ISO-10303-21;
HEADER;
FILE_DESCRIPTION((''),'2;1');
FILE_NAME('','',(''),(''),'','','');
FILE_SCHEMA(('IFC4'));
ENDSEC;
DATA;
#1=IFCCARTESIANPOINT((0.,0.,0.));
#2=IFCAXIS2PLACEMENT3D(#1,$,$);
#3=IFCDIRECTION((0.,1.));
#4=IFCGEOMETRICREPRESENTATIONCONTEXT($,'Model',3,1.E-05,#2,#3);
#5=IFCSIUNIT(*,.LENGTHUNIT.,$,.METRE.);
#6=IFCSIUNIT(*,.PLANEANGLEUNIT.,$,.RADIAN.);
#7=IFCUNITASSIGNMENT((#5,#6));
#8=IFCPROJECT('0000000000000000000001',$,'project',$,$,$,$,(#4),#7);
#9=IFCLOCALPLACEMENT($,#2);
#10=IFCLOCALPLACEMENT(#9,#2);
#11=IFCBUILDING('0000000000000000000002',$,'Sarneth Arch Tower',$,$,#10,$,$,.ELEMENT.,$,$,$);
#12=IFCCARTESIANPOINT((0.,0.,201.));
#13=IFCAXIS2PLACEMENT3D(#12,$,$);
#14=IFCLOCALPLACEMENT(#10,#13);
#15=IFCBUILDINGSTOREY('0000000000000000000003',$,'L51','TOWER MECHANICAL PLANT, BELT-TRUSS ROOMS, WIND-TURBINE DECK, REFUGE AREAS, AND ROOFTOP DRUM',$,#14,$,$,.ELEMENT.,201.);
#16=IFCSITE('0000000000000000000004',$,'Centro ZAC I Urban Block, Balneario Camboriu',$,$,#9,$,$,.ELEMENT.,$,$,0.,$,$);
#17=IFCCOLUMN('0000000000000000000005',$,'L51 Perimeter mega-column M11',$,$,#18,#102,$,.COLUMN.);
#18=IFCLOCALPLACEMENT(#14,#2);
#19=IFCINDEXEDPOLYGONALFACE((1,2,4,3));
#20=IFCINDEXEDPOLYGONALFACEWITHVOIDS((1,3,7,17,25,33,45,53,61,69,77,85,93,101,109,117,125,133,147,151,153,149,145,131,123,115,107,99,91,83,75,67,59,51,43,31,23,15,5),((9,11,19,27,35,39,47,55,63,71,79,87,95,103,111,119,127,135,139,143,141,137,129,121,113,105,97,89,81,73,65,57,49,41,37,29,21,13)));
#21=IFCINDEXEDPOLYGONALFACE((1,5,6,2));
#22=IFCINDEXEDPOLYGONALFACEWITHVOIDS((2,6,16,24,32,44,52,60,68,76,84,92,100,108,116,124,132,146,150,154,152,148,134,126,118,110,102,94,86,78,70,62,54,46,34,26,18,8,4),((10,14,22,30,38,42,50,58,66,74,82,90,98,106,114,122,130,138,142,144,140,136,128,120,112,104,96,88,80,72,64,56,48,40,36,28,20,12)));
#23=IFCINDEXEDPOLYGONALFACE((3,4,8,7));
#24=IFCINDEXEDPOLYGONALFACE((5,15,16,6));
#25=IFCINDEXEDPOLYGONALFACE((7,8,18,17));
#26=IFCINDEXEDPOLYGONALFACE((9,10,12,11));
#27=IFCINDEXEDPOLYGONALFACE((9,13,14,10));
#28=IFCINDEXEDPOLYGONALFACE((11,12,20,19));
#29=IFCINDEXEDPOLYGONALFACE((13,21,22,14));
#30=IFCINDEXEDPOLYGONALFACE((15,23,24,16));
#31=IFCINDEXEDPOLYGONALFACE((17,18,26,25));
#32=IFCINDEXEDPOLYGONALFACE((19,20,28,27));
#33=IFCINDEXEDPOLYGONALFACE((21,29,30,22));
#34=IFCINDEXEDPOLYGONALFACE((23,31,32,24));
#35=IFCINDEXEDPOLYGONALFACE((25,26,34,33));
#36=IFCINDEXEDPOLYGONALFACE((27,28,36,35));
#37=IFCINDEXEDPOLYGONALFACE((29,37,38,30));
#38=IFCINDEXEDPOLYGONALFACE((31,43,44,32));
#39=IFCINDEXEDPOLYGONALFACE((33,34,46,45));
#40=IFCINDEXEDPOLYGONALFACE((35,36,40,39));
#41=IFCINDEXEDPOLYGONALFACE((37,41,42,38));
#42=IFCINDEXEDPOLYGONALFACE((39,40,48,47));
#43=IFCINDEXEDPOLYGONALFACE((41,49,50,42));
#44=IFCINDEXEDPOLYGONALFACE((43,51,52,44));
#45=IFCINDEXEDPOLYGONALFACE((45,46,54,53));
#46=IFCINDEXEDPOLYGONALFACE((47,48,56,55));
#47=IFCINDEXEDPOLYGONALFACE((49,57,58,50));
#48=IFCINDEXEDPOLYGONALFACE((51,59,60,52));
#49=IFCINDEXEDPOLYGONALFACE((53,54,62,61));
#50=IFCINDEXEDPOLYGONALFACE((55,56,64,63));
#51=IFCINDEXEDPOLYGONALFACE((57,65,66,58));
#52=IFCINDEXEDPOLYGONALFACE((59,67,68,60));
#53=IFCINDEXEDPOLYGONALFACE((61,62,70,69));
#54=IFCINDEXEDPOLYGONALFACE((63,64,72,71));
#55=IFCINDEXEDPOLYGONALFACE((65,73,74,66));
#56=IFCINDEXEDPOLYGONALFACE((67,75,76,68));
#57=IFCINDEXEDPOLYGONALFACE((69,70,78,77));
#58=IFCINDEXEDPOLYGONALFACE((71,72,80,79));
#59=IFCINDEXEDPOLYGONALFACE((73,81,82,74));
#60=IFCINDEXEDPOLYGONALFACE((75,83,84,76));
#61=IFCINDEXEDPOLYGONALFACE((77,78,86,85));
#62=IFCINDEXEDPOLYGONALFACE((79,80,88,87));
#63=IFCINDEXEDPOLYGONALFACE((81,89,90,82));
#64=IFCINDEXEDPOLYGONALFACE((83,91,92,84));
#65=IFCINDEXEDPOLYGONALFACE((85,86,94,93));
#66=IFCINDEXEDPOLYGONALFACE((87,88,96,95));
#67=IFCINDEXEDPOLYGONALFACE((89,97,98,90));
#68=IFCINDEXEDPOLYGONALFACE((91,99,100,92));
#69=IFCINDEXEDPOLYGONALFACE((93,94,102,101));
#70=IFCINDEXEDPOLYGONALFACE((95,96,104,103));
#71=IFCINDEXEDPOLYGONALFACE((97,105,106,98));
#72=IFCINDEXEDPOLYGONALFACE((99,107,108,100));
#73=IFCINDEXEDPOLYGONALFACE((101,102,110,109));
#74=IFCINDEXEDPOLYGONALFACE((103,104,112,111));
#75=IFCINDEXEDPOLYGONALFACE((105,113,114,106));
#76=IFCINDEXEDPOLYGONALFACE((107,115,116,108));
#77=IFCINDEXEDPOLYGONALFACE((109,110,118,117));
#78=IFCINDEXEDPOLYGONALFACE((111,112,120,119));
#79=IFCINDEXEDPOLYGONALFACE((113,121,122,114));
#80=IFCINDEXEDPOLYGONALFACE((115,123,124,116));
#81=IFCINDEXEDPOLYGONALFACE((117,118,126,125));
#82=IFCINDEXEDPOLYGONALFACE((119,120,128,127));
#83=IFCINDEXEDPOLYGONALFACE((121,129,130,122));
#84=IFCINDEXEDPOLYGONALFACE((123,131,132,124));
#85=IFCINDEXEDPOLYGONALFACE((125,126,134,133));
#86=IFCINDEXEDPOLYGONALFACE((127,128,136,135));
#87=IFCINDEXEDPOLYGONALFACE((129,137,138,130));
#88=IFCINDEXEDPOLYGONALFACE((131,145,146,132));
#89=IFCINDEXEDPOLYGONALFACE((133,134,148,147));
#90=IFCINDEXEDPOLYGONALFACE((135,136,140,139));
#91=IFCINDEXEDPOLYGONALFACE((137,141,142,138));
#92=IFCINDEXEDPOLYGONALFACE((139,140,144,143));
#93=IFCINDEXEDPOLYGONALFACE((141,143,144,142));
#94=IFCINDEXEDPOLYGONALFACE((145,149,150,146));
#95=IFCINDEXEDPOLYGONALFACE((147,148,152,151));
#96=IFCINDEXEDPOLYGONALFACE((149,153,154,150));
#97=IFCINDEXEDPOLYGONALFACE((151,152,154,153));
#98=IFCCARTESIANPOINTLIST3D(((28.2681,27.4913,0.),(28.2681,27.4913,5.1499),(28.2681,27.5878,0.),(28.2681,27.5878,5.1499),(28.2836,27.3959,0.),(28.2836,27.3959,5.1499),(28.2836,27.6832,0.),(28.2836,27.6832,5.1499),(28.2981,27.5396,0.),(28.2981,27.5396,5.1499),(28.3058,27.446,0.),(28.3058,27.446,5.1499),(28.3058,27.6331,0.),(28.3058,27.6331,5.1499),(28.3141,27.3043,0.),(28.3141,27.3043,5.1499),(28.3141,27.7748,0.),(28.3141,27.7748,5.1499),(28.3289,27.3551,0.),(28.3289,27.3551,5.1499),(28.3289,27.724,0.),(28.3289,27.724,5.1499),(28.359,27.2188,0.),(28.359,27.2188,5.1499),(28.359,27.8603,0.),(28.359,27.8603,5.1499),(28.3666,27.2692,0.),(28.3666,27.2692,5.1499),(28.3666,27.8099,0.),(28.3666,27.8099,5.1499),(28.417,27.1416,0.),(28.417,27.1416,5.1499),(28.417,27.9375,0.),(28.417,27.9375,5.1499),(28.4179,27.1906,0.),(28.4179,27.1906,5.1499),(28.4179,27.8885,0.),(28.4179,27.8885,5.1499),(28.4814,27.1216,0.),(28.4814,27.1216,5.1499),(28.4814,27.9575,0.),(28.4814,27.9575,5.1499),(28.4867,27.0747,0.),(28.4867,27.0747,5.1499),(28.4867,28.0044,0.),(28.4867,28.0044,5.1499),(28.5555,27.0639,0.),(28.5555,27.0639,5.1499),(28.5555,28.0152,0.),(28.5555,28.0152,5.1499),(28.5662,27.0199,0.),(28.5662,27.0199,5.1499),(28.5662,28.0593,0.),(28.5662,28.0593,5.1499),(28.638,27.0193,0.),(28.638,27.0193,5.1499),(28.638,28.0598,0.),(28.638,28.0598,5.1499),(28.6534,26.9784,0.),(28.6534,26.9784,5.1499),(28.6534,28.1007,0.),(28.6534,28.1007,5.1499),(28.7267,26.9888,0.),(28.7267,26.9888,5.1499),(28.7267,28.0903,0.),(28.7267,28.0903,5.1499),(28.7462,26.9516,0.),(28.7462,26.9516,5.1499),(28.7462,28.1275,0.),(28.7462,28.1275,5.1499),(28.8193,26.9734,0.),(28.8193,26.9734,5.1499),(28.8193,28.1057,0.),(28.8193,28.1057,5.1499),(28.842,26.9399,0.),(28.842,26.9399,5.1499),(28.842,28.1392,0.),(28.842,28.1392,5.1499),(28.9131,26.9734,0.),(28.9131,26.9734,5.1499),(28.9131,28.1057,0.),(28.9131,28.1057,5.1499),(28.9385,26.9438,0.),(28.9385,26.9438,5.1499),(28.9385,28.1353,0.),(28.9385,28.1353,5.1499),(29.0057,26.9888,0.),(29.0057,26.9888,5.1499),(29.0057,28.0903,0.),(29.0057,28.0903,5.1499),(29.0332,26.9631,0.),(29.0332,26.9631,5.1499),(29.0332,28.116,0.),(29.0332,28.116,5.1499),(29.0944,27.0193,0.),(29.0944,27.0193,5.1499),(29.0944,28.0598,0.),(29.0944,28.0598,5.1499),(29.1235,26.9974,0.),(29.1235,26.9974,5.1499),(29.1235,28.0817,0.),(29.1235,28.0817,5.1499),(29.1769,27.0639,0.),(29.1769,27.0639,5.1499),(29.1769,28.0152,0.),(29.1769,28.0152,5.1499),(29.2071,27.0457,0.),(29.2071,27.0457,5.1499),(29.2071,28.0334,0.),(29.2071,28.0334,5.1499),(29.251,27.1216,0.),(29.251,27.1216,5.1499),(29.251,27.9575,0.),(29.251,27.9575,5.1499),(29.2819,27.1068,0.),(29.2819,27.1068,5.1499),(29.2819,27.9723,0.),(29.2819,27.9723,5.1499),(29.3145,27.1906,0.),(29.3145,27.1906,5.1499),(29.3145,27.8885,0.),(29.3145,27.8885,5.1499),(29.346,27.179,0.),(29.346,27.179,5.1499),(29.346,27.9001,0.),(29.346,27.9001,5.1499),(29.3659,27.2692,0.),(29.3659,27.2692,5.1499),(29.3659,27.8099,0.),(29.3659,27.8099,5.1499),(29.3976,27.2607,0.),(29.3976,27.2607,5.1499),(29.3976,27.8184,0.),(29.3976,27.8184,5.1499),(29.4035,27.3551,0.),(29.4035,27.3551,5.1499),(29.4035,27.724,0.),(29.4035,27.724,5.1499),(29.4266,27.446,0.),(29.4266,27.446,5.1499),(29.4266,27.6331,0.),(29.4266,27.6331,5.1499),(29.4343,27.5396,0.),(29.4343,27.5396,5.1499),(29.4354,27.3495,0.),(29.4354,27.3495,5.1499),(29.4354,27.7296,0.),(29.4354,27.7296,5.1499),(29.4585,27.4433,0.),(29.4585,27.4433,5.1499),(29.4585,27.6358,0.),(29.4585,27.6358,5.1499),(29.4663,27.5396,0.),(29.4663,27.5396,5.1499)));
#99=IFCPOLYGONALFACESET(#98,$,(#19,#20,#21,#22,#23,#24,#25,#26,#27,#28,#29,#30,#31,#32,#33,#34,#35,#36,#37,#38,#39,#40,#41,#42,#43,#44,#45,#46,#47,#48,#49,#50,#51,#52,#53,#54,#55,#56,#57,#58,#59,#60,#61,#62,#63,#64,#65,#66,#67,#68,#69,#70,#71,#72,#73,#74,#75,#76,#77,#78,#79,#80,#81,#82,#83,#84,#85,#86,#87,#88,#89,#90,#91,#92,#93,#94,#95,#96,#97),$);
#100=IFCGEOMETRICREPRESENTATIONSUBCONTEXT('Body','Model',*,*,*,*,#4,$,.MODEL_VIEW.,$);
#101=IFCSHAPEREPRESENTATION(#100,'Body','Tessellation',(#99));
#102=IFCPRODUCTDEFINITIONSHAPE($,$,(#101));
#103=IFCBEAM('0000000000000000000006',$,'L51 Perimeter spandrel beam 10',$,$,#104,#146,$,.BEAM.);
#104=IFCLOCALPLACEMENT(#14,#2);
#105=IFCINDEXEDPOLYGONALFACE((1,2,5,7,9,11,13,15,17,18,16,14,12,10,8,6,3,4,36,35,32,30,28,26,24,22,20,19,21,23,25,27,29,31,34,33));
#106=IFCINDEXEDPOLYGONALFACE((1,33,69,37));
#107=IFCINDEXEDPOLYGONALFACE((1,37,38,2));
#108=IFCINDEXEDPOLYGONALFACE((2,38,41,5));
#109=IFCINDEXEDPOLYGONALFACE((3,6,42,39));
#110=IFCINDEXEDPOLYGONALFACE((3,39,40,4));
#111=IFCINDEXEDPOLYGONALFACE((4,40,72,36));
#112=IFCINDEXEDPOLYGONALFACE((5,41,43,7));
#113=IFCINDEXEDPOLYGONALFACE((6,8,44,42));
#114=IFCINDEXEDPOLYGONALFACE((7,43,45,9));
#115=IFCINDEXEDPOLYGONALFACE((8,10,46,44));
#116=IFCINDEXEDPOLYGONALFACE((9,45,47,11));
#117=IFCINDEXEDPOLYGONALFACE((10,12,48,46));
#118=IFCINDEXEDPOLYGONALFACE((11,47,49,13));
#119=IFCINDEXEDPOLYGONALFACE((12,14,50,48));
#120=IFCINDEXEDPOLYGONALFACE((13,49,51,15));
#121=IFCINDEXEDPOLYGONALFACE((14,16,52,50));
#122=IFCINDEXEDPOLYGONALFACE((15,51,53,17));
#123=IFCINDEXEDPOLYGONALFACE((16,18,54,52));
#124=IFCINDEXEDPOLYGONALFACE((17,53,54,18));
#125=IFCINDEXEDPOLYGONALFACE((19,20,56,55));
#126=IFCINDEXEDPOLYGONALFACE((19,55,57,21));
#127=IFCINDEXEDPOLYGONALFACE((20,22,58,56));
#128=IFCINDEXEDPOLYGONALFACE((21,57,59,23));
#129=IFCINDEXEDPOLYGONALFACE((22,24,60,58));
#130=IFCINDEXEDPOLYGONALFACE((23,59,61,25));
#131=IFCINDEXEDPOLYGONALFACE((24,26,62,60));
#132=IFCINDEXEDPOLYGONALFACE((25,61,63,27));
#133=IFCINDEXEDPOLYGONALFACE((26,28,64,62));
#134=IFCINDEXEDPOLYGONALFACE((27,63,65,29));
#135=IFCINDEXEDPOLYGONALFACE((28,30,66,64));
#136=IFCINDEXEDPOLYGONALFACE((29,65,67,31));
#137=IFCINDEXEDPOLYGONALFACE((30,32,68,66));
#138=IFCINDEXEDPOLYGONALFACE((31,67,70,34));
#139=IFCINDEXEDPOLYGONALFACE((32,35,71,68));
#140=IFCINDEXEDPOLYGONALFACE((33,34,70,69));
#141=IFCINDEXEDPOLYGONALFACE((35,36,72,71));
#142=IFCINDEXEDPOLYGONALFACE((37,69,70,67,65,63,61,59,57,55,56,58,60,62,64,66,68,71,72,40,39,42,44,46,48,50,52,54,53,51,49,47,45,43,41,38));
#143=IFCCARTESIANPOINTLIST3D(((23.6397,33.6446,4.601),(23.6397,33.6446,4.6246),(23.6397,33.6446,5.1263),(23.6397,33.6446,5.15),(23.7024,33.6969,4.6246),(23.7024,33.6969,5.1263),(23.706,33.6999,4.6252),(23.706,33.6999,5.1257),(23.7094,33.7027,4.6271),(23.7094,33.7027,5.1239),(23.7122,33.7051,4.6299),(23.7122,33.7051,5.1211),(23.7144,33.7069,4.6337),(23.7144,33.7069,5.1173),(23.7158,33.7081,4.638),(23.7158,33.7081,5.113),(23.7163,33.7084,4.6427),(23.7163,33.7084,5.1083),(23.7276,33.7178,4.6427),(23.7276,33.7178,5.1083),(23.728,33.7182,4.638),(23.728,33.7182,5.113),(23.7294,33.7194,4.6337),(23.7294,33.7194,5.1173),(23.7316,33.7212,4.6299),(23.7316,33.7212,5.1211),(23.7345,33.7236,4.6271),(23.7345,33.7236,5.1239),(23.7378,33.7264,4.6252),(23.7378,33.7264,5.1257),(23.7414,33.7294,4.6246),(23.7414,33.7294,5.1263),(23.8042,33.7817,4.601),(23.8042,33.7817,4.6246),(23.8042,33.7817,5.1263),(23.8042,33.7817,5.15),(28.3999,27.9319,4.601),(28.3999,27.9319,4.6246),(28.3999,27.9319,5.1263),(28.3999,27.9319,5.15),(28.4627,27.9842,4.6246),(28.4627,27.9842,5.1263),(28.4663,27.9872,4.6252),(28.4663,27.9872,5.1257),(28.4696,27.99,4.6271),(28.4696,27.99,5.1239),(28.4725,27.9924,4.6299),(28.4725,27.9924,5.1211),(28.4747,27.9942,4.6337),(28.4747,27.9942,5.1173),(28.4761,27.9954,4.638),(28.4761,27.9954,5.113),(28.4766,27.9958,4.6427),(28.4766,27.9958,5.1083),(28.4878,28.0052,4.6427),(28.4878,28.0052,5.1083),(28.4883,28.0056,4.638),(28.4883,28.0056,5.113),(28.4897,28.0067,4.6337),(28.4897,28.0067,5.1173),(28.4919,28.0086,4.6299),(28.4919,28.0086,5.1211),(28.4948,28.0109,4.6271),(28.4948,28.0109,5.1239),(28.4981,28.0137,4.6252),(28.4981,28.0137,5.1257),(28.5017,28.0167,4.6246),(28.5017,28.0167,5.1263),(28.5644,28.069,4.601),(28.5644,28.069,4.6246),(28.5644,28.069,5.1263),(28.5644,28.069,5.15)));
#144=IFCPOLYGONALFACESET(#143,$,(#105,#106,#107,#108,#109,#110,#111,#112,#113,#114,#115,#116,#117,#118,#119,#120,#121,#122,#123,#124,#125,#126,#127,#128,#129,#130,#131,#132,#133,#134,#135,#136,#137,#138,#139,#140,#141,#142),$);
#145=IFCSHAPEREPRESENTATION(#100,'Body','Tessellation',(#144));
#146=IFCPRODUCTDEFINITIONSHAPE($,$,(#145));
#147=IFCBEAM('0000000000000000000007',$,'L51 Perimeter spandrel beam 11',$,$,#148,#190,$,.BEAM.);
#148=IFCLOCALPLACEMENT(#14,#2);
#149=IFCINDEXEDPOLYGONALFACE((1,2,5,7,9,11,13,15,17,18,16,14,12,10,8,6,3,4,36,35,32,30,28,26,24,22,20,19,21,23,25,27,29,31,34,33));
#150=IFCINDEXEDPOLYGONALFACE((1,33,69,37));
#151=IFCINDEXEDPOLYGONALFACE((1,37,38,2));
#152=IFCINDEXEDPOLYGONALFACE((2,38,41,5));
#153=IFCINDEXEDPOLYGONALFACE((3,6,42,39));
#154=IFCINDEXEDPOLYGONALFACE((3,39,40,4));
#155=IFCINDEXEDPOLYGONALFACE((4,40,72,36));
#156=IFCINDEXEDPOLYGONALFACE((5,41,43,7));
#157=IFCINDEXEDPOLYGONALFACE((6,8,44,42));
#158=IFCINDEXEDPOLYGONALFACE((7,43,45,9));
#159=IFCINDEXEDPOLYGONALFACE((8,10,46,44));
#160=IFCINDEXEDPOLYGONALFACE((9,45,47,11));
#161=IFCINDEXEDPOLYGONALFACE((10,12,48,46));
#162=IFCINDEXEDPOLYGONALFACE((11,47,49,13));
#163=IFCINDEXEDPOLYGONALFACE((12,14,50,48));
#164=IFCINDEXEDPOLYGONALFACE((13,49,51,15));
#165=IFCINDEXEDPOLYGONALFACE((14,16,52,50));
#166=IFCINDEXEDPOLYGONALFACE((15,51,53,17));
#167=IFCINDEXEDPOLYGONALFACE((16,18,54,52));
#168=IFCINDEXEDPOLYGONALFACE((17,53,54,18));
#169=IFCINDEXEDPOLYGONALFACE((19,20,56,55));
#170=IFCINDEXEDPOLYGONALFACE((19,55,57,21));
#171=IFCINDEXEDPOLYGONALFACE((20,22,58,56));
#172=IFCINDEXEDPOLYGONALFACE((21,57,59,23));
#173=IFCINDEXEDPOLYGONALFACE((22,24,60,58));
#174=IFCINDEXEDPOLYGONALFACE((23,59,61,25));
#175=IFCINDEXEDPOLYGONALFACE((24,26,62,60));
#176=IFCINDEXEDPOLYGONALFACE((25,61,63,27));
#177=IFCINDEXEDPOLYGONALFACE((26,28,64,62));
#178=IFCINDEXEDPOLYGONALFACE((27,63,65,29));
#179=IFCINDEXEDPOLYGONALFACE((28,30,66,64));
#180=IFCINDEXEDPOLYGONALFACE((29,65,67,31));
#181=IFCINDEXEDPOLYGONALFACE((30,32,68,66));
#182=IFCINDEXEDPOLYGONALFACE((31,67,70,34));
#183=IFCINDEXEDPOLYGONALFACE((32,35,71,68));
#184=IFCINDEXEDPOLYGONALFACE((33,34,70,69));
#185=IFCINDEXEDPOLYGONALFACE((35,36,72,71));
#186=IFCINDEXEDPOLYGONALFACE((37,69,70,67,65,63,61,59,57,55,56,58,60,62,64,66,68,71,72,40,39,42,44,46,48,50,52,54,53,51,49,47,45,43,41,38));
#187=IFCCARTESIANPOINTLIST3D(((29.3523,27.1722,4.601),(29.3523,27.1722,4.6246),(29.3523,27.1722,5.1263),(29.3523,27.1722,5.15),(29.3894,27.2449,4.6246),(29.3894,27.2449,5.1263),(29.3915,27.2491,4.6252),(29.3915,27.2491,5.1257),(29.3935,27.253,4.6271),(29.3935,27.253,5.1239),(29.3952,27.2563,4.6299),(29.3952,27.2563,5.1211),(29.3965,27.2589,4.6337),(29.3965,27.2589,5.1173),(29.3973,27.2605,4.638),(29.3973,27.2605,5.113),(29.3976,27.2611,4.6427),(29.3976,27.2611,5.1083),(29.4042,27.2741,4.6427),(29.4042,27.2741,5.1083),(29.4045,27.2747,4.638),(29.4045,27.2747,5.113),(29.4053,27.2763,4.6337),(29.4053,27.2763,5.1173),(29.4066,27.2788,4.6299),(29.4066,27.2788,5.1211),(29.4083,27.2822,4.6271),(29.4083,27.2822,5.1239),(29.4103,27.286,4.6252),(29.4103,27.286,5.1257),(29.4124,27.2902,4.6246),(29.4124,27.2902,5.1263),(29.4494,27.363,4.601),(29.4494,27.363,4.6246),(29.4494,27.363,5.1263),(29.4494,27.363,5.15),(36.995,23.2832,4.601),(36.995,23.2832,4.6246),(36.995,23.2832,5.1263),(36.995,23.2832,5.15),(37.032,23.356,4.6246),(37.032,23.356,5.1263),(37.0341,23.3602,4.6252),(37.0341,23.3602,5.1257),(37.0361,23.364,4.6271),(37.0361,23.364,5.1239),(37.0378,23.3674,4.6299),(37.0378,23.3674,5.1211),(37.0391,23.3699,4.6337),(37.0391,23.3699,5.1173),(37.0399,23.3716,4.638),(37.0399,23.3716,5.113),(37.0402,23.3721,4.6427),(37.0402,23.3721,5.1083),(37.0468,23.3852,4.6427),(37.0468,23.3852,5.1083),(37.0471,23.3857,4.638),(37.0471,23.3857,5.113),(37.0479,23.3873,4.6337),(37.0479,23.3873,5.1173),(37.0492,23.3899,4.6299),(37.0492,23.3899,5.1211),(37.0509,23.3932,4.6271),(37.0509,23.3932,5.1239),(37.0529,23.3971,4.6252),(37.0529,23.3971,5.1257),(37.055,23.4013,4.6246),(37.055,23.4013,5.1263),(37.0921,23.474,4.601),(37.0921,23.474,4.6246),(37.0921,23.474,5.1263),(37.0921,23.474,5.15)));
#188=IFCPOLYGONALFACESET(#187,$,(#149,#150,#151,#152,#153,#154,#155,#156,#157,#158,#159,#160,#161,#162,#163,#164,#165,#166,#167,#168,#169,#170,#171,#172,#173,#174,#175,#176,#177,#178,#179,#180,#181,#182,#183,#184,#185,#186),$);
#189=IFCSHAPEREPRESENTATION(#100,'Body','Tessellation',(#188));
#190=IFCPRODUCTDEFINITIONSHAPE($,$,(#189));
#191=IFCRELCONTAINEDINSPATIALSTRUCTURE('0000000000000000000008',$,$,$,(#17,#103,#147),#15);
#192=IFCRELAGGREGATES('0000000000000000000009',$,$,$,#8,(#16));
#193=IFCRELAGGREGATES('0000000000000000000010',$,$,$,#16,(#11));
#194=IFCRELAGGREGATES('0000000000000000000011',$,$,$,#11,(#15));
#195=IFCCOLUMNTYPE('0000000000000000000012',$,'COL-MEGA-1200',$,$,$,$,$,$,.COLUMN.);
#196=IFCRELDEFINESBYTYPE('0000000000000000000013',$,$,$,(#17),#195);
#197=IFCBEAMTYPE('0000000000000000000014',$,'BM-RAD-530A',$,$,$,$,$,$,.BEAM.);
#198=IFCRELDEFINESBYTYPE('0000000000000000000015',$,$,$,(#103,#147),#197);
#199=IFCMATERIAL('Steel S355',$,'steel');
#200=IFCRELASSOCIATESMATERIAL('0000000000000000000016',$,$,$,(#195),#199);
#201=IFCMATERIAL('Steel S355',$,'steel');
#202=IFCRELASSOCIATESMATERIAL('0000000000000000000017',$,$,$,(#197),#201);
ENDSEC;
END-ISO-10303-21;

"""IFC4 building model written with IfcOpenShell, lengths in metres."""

from ifc_helpers import new_model, si_unit, direction, frame, origin, origin_2d, place, context, subcontext, project, spatial, hollow_circle, i_section, extrude, material, material_profile, profile_set, type_object, element, save


model = new_model("IFC4")

# Units and contexts
model_context = context("Model", 3, precision=1e-05, world=origin(), true_north=direction((0.0, 1.0)))
body_context = subcontext(model_context, "Body", "Model", "MODEL_VIEW")
ifc_project = project(units=[si_unit("LENGTHUNIT", "METRE"), si_unit("PLANEANGLEUNIT", "RADIAN")], contexts=[model_context])

# Site, building, storey
site_placement = place(None, origin())
site = spatial("IfcSite", under=ifc_project, at=site_placement, Name="Centro ZAC I Urban Block, Balneario Camboriu", CompositionType="ELEMENT", RefElevation=0.0)
building_placement = place(site_placement, origin())
building = spatial("IfcBuilding", under=site, at=building_placement, Name="Sarneth Arch Tower", CompositionType="ELEMENT")
storey_placement = place(building_placement, frame((0.0, 0.0, 201.0)))
storey = spatial("IfcBuildingStorey", under=building, at=storey_placement, Name="L51", Description="TOWER MECHANICAL PLANT, BELT-TRUSS ROOMS, WIND-TURBINE DECK, REFUGE AREAS, AND ROOFTOP DRUM", CompositionType="ELEMENT", Elevation=201.0)

# Column
ifc_material_1 = material(Name="Steel S355", Category="steel")
ifc_material_profile_1 = material_profile(ifc_material_1, hollow_circle(Radius=0.6001, WallThickness=0.032, at=origin_2d()), Name="CHS1200x32")
ifc_profile_set_1 = profile_set([ifc_material_profile_1], Name="Steel S355")
column_type = type_object("IfcColumnType", Name="COL-MEGA-1200", PredefinedType="COLUMN", material=ifc_profile_set_1)
column_placement = place(storey_placement, frame((28.8662, 27.5396, 0.0), z_axis=(0.0, 0.0, 1.0), x_axis=(1.0, 0.0, 0.0)))
element("IfcColumn", 1, at=column_placement, inside=storey, type_object=column_type, Name="L51 Perimeter mega-column M11", PredefinedType="COLUMN", context=body_context, shape_type="SweptSolid", body=[
    extrude(hollow_circle(Radius=0.6001, WallThickness=0.032, at=origin_2d()), origin(), (0.0, 0.0, 1.0), 5.1499),
])

# Beams
ifc_material_2 = material(Name="Steel S355", Category="steel")
ifc_material_profile_2 = material_profile(ifc_material_2, i_section(OverallWidth=0.2141, OverallDepth=0.5491, WebThickness=0.0146, FlangeThickness=0.0237, FilletRadius=0.0181, at=origin_2d()), Name="W530x138")
ifc_profile_set_2 = profile_set([ifc_material_profile_2], Name="Steel S355")
beam_type = type_object("IfcBeamType", Name="BM-RAD-530A", PredefinedType="BEAM", material=ifc_profile_set_2)
beam_1_placement = place(storey_placement, frame((23.7219, 33.7131, 4.8755), z_axis=(0.640162, -0.76824, 0.0), x_axis=(0.76824, 0.640162, 0.0)))
element("IfcBeam", 2, at=beam_1_placement, inside=storey, type_object=beam_type, Name="L51 Perimeter spandrel beam 10", PredefinedType="BEAM", context=body_context, shape_type="SweptSolid", body=[
    extrude(i_section(OverallWidth=0.2141, OverallDepth=0.5491, WebThickness=0.0146, FlangeThickness=0.0237, FilletRadius=0.0181, at=origin_2d()), origin(), (0.0, 0.0, 1.0), 7.436),
])
beam_2_placement = place(storey_placement, frame((29.4009, 27.2676, 4.8755), z_axis=(0.89125, -0.453512, 0.0), x_axis=(0.453512, 0.89125, 0.0)))
element("IfcBeam", 3, at=beam_2_placement, inside=storey, type_object=beam_type, Name="L51 Perimeter spandrel beam 11", PredefinedType="BEAM", context=body_context, shape_type="SweptSolid", body=[
    extrude(i_section(OverallWidth=0.2141, OverallDepth=0.5491, WebThickness=0.0146, FlangeThickness=0.0237, FilletRadius=0.0181, at=origin_2d()), origin(), (0.0, 0.0, 1.0), 8.5752),
])

save(model, "model.ifc")
